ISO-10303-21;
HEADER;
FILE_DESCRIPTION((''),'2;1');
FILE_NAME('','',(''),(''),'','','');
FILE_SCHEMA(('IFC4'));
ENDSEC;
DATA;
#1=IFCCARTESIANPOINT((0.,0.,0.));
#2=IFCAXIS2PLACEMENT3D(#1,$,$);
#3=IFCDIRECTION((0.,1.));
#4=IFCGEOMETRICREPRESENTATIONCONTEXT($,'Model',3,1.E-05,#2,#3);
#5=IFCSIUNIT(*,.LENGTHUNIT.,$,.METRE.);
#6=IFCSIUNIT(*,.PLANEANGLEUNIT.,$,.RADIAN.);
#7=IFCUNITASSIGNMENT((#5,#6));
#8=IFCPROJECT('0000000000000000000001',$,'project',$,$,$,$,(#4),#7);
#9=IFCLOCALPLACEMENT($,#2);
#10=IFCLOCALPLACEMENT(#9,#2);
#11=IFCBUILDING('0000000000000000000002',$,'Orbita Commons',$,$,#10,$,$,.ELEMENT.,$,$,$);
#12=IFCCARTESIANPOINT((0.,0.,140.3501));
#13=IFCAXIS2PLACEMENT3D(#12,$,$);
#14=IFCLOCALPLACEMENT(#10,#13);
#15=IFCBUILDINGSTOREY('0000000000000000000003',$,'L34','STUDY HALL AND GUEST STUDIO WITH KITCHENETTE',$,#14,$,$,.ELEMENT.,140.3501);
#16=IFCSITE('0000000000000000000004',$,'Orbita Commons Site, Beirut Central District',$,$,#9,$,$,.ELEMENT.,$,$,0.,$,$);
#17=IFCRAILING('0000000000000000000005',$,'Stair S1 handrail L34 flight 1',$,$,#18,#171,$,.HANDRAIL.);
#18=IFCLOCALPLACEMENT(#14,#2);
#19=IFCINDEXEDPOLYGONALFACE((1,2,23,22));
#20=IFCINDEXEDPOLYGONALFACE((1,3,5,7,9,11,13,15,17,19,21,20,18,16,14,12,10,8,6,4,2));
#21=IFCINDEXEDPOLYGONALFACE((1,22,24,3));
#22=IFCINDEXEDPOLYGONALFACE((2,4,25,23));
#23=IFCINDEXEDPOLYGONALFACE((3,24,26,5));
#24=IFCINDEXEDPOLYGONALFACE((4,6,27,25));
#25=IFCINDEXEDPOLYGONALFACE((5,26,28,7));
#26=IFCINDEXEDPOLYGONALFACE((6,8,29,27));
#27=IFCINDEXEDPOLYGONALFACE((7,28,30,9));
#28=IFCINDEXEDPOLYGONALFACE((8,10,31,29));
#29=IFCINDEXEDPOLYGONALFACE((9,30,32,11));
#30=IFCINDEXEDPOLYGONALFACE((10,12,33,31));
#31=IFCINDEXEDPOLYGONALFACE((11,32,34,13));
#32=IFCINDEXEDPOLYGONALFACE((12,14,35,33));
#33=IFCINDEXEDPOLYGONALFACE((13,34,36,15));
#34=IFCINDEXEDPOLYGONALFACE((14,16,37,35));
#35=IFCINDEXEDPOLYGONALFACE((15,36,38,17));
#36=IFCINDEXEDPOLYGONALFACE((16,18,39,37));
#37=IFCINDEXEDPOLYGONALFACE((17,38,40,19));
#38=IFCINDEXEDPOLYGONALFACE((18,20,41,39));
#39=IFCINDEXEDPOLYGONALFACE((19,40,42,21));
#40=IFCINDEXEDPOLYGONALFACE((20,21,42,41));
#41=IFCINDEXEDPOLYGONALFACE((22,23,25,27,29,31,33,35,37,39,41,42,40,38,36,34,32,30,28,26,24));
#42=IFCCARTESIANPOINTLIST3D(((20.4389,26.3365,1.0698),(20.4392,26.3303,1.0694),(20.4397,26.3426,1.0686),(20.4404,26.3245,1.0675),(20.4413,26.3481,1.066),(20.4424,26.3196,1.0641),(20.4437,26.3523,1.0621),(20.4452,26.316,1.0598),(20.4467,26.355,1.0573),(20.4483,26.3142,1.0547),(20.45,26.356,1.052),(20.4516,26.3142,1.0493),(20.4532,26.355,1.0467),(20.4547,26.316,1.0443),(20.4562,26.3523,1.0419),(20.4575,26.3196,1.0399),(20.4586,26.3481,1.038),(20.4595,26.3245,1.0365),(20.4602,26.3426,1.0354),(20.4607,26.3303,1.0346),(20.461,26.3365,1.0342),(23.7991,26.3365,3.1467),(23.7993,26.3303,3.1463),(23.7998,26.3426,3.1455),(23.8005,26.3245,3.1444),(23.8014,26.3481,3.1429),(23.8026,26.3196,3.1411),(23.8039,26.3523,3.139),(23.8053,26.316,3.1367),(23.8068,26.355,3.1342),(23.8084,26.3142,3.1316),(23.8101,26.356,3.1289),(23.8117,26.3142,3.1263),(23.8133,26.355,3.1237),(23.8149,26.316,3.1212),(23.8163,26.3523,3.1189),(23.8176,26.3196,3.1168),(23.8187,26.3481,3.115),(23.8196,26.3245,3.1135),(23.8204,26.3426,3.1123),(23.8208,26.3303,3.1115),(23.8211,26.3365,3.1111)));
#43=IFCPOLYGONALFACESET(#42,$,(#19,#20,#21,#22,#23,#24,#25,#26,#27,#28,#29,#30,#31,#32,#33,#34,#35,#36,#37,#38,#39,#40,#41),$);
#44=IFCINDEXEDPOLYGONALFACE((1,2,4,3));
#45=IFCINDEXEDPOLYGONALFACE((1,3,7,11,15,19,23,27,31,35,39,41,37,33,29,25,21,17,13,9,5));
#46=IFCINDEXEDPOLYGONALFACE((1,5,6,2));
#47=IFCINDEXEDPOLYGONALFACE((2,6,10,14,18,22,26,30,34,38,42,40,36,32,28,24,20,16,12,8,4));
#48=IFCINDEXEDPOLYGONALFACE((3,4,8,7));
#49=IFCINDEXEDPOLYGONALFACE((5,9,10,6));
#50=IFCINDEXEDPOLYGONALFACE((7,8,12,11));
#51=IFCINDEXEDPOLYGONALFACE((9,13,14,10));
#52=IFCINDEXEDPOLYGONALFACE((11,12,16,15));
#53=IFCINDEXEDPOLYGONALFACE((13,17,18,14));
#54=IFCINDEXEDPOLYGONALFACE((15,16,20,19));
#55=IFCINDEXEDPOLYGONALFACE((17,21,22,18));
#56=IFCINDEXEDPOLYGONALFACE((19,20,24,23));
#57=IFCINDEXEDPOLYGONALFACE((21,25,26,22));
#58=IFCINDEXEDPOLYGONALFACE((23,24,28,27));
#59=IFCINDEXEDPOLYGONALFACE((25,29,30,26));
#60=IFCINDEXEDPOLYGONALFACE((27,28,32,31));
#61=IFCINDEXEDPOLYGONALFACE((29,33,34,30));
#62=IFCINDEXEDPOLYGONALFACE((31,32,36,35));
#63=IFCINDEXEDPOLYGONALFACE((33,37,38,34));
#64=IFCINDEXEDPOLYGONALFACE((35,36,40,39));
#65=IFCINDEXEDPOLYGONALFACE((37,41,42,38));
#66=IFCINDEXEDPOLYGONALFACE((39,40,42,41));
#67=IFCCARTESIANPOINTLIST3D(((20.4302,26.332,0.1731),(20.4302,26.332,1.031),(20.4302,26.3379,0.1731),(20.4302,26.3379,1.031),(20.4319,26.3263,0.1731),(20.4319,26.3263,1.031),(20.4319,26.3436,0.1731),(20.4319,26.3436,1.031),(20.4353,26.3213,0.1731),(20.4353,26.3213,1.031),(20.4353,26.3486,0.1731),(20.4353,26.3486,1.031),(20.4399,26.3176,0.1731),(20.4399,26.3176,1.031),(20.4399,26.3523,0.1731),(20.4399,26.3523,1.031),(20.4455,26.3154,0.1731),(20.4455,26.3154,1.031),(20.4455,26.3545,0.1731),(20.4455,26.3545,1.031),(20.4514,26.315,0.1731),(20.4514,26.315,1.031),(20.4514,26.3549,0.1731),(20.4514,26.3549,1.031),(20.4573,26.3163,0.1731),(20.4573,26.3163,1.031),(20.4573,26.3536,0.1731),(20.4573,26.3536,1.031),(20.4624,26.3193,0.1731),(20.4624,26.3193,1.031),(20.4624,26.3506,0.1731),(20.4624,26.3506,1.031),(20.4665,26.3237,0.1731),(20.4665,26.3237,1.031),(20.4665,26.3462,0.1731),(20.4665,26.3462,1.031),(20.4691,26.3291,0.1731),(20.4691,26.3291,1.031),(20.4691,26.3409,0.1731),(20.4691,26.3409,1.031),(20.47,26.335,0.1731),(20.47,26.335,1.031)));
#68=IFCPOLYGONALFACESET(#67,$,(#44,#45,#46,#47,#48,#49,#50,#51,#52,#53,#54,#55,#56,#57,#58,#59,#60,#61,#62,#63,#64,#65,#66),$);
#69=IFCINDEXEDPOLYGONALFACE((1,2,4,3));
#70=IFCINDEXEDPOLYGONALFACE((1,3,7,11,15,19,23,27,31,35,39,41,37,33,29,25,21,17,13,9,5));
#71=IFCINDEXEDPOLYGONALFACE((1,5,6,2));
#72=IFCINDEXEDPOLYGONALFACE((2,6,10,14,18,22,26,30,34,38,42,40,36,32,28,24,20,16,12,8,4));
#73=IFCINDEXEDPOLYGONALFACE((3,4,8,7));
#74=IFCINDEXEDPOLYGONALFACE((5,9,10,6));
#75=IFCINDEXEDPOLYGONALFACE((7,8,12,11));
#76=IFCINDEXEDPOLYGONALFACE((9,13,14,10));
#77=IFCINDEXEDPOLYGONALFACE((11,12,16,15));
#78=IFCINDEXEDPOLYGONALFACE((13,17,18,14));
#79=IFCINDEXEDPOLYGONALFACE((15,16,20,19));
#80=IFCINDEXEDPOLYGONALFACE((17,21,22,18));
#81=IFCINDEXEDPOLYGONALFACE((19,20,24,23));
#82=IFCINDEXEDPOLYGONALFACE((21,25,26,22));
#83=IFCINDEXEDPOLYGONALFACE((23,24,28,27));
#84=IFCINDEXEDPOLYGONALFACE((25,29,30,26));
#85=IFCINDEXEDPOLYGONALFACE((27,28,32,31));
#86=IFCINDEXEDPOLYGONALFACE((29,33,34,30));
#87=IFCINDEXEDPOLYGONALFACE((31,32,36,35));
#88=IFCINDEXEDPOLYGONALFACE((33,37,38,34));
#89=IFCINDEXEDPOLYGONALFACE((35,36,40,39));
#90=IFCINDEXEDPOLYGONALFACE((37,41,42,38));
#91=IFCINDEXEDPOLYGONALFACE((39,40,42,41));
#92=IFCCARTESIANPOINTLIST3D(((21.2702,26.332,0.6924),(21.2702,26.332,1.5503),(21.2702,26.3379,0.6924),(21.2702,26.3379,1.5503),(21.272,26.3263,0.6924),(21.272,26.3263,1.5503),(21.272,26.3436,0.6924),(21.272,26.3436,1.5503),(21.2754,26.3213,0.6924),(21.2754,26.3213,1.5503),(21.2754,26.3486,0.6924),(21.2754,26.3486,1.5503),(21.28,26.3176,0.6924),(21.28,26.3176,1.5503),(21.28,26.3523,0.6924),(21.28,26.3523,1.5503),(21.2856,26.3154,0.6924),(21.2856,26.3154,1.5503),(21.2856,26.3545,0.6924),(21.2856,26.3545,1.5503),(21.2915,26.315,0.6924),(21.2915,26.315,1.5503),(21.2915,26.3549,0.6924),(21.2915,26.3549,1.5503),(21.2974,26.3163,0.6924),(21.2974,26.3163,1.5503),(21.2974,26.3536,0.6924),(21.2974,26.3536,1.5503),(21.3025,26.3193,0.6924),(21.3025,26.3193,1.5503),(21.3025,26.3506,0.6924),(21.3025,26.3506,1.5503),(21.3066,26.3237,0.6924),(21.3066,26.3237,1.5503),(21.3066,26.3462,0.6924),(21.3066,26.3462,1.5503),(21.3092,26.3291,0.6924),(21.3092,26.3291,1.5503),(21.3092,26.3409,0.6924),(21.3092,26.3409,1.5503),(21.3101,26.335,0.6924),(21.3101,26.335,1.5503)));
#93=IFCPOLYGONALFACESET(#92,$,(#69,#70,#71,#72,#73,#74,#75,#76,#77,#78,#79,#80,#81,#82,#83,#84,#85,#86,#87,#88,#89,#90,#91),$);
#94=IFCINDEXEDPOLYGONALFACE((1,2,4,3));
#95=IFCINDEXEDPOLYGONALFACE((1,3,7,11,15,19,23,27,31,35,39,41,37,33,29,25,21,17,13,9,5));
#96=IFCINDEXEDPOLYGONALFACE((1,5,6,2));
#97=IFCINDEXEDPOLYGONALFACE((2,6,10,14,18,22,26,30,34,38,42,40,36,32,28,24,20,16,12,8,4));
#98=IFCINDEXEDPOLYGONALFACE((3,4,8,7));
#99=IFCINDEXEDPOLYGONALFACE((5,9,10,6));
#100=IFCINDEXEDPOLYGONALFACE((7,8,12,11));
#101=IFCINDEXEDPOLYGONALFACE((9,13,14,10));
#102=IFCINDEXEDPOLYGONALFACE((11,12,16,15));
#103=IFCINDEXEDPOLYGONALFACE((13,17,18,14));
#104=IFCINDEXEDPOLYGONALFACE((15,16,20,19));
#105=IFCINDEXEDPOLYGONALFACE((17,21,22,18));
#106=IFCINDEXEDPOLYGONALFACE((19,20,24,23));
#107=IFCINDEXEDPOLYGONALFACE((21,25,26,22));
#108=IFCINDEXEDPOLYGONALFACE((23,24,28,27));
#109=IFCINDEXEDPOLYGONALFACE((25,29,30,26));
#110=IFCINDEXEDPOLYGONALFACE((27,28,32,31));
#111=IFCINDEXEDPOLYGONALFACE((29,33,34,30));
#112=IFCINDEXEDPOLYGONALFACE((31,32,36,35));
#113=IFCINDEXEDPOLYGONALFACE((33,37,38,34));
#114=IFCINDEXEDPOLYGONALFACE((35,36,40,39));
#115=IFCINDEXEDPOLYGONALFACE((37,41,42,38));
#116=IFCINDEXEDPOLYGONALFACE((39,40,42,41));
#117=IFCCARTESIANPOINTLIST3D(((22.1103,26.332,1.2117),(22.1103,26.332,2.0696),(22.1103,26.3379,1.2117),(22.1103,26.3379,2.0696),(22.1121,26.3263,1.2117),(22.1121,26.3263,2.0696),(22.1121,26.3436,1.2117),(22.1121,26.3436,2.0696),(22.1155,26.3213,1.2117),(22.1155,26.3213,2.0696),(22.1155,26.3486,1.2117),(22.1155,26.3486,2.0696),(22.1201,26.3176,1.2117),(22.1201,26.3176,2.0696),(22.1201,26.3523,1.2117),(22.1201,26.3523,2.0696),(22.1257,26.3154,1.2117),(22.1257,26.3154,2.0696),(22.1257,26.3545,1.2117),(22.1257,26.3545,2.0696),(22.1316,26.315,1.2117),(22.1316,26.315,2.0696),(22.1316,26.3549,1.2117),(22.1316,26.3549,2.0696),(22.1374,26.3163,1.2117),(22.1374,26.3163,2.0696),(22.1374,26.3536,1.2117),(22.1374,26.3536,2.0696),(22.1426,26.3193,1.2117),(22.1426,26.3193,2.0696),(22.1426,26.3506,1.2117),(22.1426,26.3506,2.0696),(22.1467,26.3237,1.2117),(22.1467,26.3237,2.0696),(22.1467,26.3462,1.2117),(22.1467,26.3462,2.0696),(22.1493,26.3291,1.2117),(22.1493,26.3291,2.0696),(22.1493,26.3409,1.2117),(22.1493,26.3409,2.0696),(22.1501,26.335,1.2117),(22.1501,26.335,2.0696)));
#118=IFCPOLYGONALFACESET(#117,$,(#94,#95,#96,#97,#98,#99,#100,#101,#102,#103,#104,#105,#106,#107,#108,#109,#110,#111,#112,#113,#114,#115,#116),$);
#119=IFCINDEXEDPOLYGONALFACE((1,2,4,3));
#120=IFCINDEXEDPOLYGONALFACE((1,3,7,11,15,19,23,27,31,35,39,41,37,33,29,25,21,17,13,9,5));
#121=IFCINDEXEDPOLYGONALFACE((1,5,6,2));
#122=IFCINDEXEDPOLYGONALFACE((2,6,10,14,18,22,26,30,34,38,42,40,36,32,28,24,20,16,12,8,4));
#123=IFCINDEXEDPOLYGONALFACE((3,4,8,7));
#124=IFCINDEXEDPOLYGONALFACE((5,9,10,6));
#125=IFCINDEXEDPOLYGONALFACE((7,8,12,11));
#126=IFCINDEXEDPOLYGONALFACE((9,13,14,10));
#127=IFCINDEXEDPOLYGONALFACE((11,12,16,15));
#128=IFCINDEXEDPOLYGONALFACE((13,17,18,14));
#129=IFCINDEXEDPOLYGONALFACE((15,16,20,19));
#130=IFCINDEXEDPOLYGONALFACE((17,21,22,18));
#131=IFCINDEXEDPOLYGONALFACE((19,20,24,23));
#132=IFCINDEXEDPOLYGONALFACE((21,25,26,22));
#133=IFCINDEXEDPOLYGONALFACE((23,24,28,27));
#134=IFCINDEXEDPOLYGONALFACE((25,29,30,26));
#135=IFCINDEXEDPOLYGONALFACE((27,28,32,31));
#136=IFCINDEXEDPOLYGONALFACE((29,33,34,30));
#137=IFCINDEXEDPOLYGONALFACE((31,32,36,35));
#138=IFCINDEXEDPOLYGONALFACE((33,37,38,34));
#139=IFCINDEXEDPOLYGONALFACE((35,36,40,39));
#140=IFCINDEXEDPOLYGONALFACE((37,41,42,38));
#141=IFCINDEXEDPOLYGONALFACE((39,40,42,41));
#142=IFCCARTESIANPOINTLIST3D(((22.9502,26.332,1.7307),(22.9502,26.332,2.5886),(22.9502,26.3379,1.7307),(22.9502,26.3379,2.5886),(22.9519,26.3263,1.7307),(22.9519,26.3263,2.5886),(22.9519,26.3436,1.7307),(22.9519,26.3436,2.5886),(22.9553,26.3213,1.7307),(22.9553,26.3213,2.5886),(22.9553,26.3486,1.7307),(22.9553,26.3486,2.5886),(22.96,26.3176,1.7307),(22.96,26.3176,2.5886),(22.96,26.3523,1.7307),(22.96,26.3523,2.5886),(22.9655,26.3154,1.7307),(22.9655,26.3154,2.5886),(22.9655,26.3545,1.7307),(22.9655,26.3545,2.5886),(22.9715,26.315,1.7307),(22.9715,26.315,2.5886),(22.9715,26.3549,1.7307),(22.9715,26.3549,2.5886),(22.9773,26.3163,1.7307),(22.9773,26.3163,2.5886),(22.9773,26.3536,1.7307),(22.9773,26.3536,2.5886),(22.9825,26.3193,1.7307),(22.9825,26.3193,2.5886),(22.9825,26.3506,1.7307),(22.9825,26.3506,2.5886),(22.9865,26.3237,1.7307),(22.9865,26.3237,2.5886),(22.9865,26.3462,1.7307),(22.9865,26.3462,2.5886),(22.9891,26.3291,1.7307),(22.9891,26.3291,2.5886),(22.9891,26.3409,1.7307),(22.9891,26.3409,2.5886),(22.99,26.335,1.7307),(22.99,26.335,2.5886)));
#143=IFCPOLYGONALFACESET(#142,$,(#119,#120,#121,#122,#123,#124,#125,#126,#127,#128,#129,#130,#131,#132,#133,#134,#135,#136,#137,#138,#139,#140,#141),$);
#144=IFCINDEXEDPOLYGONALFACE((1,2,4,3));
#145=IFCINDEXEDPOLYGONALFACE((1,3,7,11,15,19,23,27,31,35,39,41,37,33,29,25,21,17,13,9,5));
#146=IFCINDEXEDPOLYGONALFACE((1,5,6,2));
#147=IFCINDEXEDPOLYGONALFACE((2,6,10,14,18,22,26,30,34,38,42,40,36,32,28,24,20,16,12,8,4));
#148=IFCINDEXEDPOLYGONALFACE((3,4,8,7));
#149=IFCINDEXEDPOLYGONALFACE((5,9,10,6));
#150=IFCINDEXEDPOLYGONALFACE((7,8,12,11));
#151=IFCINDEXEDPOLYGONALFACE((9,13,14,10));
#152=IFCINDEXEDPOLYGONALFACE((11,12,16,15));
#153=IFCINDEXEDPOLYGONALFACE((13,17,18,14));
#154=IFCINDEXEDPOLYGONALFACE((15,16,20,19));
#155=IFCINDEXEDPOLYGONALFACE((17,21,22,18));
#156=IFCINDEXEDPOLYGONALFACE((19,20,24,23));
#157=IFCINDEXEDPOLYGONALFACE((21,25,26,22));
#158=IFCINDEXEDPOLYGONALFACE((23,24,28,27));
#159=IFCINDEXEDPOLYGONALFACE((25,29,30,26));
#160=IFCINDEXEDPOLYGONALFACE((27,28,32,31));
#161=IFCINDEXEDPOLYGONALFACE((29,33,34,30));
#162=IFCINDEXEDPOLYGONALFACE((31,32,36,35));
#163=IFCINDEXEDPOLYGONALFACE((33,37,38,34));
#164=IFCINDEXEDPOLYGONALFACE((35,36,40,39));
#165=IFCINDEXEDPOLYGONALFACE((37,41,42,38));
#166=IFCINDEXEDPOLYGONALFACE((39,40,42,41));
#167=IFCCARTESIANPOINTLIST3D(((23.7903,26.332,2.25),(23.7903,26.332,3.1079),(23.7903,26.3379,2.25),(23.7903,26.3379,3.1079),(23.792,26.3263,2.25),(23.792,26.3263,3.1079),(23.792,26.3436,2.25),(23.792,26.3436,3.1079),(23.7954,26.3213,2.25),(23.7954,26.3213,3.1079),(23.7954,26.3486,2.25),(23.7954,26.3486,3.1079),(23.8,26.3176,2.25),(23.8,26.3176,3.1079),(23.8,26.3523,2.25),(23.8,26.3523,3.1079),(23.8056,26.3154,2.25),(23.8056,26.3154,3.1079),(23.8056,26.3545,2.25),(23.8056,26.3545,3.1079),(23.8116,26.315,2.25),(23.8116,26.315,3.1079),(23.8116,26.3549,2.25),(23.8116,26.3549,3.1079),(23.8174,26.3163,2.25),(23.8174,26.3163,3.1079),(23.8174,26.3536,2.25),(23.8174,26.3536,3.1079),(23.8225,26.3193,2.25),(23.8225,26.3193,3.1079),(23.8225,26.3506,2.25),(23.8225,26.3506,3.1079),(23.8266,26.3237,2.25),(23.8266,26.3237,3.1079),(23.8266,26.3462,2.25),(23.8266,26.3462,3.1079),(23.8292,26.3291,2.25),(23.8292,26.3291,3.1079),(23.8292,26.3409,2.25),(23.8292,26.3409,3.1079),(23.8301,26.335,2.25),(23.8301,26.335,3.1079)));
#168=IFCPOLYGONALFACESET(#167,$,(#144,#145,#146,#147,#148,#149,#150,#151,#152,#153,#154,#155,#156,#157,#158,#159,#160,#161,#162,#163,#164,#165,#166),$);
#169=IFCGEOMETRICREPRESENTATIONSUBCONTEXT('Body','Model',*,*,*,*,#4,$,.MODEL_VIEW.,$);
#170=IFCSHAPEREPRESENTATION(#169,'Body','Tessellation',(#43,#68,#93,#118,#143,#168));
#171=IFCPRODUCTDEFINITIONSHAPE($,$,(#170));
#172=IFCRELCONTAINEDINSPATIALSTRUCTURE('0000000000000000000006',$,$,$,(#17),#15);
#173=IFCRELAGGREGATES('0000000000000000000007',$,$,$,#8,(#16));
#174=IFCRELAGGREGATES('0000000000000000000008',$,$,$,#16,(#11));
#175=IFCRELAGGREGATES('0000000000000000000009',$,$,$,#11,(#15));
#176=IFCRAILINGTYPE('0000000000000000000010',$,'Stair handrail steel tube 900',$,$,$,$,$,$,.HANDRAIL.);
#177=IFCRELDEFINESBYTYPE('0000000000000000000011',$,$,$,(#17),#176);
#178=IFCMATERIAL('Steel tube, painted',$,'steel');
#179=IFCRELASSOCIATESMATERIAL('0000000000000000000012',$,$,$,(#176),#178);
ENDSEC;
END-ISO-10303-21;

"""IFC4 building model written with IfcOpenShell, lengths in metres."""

from ifc_helpers import new_model, si_unit, direction, frame, origin, origin_2d, place, context, subcontext, project, spatial, circle, extrude, material, type_object, element, save


model = new_model("IFC4")

# Units and contexts
model_context = context("Model", 3, precision=1e-05, world=origin(), true_north=direction((0.0, 1.0)))
body_context = subcontext(model_context, "Body", "Model", "MODEL_VIEW")
ifc_project = project(units=[si_unit("LENGTHUNIT", "METRE"), si_unit("PLANEANGLEUNIT", "RADIAN")], contexts=[model_context])

# Site, building, storey
site_placement = place(None, origin())
site = spatial("IfcSite", under=ifc_project, at=site_placement, Name="Orbita Commons Site, Beirut Central District", CompositionType="ELEMENT", RefElevation=0.0)
building_placement = place(site_placement, origin())
building = spatial("IfcBuilding", under=site, at=building_placement, Name="Orbita Commons", CompositionType="ELEMENT")
storey_placement = place(building_placement, frame((0.0, 0.0, 140.3501)))
storey = spatial("IfcBuildingStorey", under=building, at=storey_placement, Name="L34", Description="STUDY HALL AND GUEST STUDIO WITH KITCHENETTE", CompositionType="ELEMENT", Elevation=140.3501)

# Railing
ifc_material_1 = material(Name="Steel tube, painted", Category="steel")
railing_type = type_object("IfcRailingType", Name="Stair handrail steel tube 900", PredefinedType="HANDRAIL", material=ifc_material_1)
railing_placement = place(storey_placement, frame((20.45, 26.335, 0.1731)))
element("IfcRailing", 1, at=railing_placement, inside=storey, type_object=railing_type, Name="Stair S1 handrail L34 flight 1", PredefinedType="HANDRAIL", context=body_context, shape_type="SweptSolid", body=[
    extrude(circle(Radius=0.021, at=origin_2d()), frame((0.0, 0.0, 0.8789), z_axis=(0.850623, 0.0, 0.525776), x_axis=(0.0, 1.0, 0.0)), (0.0, 0.0, 1.0), 3.9502),
    extrude(circle(Radius=0.02, at=origin_2d()), origin(), (0.0, 0.0, 1.0), 0.8579),
    extrude(circle(Radius=0.02, at=origin_2d()), frame((0.8401, 0.0, 0.5193)), (0.0, 0.0, 1.0), 0.8579),
    extrude(circle(Radius=0.02, at=origin_2d()), frame((1.6802, 0.0, 1.0386)), (0.0, 0.0, 1.0), 0.8579),
    extrude(circle(Radius=0.02, at=origin_2d()), frame((2.52, 0.0, 1.5576)), (0.0, 0.0, 1.0), 0.8579),
    extrude(circle(Radius=0.02, at=origin_2d()), frame((3.3601, 0.0, 2.0769)), (0.0, 0.0, 1.0), 0.8579),
])

save(model, "model.ifc")
